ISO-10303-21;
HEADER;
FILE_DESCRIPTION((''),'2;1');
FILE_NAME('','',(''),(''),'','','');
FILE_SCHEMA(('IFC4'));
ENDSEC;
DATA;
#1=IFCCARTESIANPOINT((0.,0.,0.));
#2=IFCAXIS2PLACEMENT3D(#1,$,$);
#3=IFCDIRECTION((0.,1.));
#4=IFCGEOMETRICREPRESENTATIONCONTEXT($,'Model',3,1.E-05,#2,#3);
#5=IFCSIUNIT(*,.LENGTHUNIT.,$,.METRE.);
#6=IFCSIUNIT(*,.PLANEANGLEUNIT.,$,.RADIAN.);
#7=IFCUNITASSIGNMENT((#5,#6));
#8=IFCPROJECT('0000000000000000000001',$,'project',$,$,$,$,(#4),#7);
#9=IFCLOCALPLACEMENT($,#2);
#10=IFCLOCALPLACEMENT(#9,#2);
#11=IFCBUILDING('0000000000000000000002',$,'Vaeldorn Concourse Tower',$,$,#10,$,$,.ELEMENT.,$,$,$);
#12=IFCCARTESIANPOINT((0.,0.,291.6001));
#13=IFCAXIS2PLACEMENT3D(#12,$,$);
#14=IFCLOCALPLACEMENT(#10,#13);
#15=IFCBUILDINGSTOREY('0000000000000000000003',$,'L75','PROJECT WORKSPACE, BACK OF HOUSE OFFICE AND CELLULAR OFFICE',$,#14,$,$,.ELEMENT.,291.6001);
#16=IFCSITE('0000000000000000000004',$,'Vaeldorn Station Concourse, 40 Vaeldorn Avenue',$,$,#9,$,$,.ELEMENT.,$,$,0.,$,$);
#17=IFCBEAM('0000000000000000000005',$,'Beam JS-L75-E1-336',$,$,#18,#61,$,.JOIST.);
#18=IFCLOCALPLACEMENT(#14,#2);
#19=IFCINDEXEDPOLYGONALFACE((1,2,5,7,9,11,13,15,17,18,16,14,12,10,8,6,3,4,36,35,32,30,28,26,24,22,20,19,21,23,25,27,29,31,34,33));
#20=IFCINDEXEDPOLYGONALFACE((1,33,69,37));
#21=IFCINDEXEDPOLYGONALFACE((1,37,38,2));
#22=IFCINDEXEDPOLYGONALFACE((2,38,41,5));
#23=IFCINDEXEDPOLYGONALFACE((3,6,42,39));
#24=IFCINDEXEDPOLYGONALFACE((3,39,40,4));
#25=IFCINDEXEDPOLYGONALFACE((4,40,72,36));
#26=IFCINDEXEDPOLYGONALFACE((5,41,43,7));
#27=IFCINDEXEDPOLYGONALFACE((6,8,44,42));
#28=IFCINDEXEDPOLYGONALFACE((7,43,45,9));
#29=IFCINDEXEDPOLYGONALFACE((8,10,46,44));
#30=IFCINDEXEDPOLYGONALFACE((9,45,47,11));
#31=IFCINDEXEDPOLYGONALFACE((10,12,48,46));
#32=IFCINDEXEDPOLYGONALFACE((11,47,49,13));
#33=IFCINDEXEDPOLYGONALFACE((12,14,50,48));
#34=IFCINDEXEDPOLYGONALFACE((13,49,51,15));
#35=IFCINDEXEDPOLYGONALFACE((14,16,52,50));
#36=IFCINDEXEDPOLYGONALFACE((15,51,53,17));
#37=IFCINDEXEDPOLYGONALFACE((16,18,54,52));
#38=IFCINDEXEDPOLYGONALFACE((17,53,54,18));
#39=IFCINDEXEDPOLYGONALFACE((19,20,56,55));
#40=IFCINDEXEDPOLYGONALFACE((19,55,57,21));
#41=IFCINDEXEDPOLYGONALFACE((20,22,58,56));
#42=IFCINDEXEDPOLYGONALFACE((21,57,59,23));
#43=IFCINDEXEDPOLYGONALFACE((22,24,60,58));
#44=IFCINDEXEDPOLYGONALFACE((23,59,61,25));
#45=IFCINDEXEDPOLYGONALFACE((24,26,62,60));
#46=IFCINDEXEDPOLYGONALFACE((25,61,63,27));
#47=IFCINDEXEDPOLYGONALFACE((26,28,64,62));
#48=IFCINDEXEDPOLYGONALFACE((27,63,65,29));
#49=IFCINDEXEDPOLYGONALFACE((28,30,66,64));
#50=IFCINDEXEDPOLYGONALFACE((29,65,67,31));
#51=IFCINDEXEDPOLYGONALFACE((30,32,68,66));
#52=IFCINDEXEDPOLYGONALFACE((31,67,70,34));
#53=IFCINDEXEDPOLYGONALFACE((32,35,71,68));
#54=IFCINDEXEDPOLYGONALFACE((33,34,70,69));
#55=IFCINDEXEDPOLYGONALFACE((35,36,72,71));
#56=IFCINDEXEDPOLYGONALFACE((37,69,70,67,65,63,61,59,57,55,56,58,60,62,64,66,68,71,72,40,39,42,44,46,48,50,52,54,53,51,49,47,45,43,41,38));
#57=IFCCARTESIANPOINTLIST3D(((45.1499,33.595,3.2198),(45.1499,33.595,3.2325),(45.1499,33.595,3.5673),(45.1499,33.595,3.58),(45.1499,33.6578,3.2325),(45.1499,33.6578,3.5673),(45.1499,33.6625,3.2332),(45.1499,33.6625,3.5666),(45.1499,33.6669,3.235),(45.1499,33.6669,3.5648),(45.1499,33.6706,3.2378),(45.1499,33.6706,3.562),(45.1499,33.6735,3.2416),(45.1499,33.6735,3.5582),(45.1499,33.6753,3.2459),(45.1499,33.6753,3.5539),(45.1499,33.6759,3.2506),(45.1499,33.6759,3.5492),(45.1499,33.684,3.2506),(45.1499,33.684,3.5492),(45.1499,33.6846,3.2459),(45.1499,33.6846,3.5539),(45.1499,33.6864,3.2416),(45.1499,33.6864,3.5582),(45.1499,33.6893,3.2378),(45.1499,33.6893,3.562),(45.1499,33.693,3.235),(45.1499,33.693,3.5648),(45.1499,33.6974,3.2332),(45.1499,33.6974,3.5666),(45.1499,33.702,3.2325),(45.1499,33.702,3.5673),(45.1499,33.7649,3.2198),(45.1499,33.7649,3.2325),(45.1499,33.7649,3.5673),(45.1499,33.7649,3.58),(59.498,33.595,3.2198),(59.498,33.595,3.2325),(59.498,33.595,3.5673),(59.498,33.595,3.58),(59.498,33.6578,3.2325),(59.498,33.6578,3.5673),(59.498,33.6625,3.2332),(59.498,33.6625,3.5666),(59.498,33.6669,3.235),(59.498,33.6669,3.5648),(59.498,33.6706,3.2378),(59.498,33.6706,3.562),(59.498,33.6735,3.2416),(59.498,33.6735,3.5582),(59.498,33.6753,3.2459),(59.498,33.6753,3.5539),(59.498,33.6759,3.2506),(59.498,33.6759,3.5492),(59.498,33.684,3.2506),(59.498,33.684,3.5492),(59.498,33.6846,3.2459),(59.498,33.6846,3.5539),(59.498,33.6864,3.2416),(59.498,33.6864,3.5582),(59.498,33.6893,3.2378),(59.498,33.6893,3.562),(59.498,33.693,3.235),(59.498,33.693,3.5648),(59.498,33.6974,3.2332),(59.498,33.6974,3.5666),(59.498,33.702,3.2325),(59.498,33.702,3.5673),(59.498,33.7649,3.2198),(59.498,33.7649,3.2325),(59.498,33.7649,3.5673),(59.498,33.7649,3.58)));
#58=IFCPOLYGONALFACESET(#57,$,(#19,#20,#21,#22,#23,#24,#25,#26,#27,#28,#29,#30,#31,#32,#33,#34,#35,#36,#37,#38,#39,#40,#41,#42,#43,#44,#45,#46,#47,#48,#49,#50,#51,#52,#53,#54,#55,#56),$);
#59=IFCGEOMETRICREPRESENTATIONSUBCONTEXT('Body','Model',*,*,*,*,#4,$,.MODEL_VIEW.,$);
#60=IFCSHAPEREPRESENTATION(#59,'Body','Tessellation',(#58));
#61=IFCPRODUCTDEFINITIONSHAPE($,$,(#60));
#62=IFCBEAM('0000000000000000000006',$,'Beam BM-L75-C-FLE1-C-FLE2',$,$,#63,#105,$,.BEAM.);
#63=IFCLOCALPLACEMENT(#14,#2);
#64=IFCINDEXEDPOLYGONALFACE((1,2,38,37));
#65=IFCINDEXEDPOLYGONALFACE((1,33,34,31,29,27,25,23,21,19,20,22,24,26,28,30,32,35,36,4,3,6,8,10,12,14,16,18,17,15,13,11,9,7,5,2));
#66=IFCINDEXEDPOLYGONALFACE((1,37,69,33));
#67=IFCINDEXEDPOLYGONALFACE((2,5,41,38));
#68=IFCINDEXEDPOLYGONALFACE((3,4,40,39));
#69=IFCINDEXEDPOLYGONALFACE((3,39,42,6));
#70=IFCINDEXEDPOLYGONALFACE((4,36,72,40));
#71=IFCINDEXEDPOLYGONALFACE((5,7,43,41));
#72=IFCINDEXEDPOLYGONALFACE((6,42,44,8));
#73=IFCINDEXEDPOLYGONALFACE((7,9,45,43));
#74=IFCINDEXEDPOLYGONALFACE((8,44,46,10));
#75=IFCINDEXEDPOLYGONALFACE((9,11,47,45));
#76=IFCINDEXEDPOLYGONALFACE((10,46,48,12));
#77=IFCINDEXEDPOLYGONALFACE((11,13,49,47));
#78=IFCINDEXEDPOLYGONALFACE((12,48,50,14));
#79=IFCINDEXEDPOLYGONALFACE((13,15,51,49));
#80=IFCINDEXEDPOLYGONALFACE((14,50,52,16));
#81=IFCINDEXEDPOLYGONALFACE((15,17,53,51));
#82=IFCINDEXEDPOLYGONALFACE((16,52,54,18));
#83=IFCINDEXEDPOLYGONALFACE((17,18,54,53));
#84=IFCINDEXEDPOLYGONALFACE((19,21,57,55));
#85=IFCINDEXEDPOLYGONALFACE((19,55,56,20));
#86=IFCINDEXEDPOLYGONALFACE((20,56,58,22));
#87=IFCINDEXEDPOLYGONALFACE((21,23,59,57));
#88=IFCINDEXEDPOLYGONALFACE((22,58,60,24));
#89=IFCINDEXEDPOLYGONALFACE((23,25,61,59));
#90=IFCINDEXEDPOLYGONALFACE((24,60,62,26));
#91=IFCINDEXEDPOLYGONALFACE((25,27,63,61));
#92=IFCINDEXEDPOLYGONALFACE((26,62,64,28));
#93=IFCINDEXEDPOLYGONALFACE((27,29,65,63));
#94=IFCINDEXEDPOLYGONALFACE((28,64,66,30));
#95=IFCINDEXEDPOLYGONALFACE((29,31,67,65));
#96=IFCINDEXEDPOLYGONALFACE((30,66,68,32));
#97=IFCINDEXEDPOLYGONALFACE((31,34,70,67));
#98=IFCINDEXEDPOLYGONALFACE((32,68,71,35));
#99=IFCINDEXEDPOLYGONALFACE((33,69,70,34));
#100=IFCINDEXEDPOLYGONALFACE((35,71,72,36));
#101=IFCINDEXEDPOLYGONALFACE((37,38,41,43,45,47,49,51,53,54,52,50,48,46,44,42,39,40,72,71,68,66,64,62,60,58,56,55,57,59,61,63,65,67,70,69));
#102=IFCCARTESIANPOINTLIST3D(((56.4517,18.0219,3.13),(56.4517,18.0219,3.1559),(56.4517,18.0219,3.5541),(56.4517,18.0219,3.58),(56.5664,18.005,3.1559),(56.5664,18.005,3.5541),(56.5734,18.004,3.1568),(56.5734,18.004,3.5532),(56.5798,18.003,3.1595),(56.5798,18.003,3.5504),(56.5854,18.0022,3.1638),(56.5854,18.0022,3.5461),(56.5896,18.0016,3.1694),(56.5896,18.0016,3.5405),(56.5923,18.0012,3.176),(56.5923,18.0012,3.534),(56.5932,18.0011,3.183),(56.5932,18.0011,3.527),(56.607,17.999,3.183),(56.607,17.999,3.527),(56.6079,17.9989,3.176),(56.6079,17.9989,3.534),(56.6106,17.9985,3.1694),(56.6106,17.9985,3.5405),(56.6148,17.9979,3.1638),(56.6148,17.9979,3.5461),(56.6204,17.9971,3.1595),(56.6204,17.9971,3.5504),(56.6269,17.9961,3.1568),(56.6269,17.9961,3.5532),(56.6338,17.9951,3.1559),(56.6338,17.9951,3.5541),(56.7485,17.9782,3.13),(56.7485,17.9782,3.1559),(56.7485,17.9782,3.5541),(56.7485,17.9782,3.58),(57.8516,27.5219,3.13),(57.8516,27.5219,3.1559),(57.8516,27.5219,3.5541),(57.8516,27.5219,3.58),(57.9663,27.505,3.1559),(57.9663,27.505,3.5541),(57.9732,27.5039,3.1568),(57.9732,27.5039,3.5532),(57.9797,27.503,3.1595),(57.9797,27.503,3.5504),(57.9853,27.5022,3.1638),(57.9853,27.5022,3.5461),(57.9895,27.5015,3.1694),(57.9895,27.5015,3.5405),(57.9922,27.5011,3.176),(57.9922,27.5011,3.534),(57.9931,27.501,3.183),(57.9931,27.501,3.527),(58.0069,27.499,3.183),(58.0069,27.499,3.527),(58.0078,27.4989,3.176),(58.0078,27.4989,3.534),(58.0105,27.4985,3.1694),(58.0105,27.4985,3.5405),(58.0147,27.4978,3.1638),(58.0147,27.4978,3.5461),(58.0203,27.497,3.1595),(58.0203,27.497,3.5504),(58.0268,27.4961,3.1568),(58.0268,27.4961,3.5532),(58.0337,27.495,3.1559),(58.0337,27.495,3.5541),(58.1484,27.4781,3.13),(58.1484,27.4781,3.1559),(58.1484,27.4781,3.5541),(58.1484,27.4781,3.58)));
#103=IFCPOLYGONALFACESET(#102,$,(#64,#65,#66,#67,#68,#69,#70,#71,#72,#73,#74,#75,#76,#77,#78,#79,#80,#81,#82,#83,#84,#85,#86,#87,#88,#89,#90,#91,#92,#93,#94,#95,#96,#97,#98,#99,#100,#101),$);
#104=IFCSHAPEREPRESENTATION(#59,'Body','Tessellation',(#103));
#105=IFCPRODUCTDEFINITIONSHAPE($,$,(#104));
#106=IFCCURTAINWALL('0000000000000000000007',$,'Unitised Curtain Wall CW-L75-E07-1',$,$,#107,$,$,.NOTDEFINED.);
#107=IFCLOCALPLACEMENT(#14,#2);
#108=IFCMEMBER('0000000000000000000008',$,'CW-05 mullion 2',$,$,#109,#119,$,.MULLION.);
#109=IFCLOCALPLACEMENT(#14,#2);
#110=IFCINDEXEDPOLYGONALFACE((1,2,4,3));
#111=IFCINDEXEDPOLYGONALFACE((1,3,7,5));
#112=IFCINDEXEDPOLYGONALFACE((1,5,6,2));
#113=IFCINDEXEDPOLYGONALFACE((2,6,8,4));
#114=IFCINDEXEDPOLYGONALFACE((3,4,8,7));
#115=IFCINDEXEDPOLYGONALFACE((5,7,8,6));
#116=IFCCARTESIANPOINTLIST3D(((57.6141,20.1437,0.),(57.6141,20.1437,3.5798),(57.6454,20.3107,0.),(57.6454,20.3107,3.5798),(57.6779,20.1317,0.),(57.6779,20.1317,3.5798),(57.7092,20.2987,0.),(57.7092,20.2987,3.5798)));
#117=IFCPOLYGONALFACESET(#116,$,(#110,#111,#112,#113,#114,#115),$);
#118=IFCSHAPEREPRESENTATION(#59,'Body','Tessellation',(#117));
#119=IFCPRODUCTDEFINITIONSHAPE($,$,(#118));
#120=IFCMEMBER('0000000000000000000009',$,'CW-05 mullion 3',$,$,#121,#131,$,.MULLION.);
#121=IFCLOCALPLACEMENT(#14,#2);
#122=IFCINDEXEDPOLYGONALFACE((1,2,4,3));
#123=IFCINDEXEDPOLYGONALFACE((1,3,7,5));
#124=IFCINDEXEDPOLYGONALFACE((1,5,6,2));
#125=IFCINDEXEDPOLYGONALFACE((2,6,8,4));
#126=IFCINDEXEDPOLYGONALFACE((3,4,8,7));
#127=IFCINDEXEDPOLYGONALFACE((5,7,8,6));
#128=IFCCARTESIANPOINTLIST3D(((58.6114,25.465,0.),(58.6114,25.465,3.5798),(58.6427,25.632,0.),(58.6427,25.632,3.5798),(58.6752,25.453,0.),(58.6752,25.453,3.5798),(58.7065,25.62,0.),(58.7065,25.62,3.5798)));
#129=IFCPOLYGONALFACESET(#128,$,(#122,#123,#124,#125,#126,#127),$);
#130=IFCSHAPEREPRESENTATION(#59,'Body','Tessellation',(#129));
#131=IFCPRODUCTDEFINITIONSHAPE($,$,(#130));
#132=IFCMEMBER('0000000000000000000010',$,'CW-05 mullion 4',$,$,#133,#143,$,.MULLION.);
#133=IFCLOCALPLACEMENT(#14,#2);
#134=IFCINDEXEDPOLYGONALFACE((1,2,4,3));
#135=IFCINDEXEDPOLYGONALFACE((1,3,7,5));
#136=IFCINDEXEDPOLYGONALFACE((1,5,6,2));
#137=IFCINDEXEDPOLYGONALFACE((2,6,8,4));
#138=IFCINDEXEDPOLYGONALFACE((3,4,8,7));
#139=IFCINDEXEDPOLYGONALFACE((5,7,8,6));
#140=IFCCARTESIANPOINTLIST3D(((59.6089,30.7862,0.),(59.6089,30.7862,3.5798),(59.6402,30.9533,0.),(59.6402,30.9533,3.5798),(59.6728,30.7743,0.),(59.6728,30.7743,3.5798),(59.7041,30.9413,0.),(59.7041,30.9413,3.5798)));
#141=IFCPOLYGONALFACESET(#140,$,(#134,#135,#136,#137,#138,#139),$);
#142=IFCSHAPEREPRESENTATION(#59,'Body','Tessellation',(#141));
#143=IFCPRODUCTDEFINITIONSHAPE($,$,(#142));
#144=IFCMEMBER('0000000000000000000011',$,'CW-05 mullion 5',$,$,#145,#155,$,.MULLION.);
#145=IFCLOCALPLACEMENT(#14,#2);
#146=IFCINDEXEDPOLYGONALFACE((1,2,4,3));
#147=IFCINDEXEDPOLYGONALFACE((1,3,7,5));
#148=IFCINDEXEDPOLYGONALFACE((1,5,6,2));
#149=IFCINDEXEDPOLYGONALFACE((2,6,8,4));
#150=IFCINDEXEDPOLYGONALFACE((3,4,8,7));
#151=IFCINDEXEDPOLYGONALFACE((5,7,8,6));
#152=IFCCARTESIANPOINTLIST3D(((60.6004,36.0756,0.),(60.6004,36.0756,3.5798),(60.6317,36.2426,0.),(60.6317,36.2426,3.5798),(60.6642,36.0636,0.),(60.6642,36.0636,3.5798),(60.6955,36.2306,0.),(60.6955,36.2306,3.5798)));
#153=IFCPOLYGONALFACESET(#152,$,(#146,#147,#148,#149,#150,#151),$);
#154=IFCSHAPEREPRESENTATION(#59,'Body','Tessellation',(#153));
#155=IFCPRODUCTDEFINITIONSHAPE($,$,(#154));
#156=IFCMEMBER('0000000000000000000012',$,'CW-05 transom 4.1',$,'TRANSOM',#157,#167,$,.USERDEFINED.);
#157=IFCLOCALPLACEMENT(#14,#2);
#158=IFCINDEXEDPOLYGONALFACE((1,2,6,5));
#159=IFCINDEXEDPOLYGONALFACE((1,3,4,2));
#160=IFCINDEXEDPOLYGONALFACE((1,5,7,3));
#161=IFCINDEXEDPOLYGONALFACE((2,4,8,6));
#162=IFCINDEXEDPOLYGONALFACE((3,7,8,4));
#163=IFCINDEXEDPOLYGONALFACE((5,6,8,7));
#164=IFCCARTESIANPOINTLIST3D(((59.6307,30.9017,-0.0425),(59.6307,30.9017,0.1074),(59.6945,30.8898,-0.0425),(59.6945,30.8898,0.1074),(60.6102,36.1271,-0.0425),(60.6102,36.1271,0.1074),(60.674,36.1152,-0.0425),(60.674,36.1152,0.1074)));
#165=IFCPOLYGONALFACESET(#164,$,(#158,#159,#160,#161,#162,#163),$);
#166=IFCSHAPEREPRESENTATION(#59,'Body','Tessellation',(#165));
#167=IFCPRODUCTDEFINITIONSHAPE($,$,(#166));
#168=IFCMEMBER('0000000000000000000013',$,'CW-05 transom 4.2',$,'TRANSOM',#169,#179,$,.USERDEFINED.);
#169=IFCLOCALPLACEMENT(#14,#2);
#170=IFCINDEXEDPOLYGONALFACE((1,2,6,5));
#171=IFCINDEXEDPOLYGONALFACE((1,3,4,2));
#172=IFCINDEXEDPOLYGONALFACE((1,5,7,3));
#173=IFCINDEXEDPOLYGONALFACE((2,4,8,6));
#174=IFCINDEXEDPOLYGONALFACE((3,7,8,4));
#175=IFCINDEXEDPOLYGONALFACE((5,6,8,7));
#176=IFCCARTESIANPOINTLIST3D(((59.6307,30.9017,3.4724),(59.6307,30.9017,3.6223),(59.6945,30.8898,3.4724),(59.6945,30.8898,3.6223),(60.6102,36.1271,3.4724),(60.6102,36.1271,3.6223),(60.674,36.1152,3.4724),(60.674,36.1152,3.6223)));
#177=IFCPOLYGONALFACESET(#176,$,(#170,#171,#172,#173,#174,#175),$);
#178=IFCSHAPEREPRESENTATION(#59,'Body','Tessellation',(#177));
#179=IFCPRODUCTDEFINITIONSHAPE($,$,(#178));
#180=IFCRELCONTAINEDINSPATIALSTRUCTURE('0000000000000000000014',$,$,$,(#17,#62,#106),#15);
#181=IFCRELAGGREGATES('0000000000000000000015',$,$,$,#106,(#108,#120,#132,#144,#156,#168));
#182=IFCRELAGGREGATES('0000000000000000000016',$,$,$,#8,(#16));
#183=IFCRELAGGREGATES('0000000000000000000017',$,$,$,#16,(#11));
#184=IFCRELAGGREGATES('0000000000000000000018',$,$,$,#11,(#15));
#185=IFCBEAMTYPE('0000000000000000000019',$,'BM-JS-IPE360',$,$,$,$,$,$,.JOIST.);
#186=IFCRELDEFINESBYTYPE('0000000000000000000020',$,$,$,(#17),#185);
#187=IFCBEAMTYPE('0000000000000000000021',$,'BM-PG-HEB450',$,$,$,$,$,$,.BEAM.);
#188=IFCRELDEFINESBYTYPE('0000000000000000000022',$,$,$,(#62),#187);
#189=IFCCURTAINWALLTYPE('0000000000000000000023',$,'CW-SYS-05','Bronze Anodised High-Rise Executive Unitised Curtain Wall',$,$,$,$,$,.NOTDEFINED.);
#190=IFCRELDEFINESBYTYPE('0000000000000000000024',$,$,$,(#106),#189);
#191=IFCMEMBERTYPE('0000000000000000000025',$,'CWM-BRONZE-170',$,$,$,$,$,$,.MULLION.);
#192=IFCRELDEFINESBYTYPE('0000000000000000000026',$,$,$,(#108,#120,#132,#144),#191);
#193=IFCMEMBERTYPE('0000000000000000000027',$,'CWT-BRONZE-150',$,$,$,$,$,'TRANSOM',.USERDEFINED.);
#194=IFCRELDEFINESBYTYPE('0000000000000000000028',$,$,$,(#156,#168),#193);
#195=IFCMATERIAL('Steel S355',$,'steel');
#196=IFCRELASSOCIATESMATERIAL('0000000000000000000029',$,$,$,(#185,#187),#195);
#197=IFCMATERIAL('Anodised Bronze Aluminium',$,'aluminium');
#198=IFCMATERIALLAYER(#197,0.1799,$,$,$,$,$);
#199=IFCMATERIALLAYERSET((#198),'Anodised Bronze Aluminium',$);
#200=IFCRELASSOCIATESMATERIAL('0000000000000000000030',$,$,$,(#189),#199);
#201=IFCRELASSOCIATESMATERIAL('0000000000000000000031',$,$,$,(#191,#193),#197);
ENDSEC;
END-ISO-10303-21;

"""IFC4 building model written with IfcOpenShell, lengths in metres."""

from ifc_helpers import new_model, si_unit, direction, frame, origin, origin_2d, place, context, subcontext, project, spatial, rectangle, i_section, extrude, source, transform, mapped, material, layer, layer_set, material_profile, profile_set, type_object, element, aggregate, save


model = new_model("IFC4")

# Units and contexts
model_context = context("Model", 3, precision=1e-05, world=origin(), true_north=direction((0.0, 1.0)))
body_context = subcontext(model_context, "Body", "Model", "MODEL_VIEW")
ifc_project = project(units=[si_unit("LENGTHUNIT", "METRE"), si_unit("PLANEANGLEUNIT", "RADIAN")], contexts=[model_context])

# Site, building, storey
site_placement = place(None, origin())
site = spatial("IfcSite", under=ifc_project, at=site_placement, Name="Vaeldorn Station Concourse, 40 Vaeldorn Avenue", CompositionType="ELEMENT", RefElevation=0.0)
building_placement = place(site_placement, origin())
building = spatial("IfcBuilding", under=site, at=building_placement, Name="Vaeldorn Concourse Tower", CompositionType="ELEMENT")
storey_placement = place(building_placement, frame((0.0, 0.0, 291.6001)))
storey = spatial("IfcBuildingStorey", under=building, at=storey_placement, Name="L75", Description="PROJECT WORKSPACE, BACK OF HOUSE OFFICE AND CELLULAR OFFICE", CompositionType="ELEMENT", Elevation=291.6001)

# Shared definitions
ifc_material_1 = material(Name="Steel S355", Category="steel")

# Beams
ifc_material_profile_1 = material_profile(ifc_material_1, i_section(OverallWidth=0.1699, OverallDepth=0.3601, WebThickness=0.0081, FlangeThickness=0.0127, FilletRadius=0.0181, at=origin_2d()), Name="IPE 360")
ifc_profile_set_1 = profile_set([ifc_material_profile_1], Name="Steel S355")
beam_type_1 = type_object("IfcBeamType", Name="BM-JS-IPE360", PredefinedType="JOIST", material=ifc_profile_set_1)
shared_shape_1 = source(origin(), body_context, "Body", "SweptSolid", [
    extrude(i_section(OverallWidth=0.1699, OverallDepth=0.3601, WebThickness=0.0081, FlangeThickness=0.0127, FilletRadius=0.0181, at=origin_2d()), origin(), (0.0, 0.0, 1.0), 14.3481),
])
beam_1_placement = place(storey_placement, frame((45.1499, 33.6799, 3.3999), z_axis=(1.0, 0.0, 0.0), x_axis=(0.0, 1.0, 0.0)))
element("IfcBeam", 1, at=beam_1_placement, inside=storey, type_object=beam_type_1, Name="Beam JS-L75-E1-336", PredefinedType="JOIST", context=body_context, shape_type="MappedRepresentation", body=[
    mapped(shared_shape_1, transform((0.0, 0.0, 0.0), scale=1.0)),
])
ifc_material_profile_2 = material_profile(ifc_material_1, i_section(OverallWidth=0.3, OverallDepth=0.45, WebThickness=0.0139, FlangeThickness=0.0259, FilletRadius=0.0271, at=origin_2d()), Name="HEB 450")
ifc_profile_set_2 = profile_set([ifc_material_profile_2], Name="Steel S355")
beam_type_2 = type_object("IfcBeamType", Name="BM-PG-HEB450", PredefinedType="BEAM", material=ifc_profile_set_2)
shared_shape_2 = source(origin(), body_context, "Body", "SweptSolid", [
    extrude(i_section(OverallWidth=0.3, OverallDepth=0.45, WebThickness=0.0139, FlangeThickness=0.0259, FilletRadius=0.0271, at=origin_2d()), origin(), (0.0, 0.0, 1.0), 9.6025),
])
beam_2_placement = place(storey_placement, frame((58.0, 27.5, 3.355), z_axis=(-0.145784, -0.989316, 0.0), x_axis=(0.989316, -0.145784, 0.0)))
element("IfcBeam", 2, at=beam_2_placement, inside=storey, type_object=beam_type_2, Name="Beam BM-L75-C-FLE1-C-FLE2", PredefinedType="BEAM", context=body_context, shape_type="MappedRepresentation", body=[
    mapped(shared_shape_2, transform((0.0, 0.0, 0.0), scale=1.0)),
])

# Curtain wall, members
ifc_material_2 = material(Name="Anodised Bronze Aluminium", Category="aluminium")
ifc_layer_1 = layer(ifc_material_2, 0.1799)
ifc_layer_set_1 = layer_set([ifc_layer_1], Name="Anodised Bronze Aluminium")
curtain_wall_type = type_object("IfcCurtainWallType", Name="CW-SYS-05", Description="Bronze Anodised High-Rise Executive Unitised Curtain Wall", PredefinedType="NOTDEFINED", material=ifc_layer_set_1)
curtain_wall_placement = place(storey_placement, origin())
curtain_wall = element("IfcCurtainWall", 3, at=curtain_wall_placement, inside=storey, type_object=curtain_wall_type, Name="Unitised Curtain Wall CW-L75-E07-1", PredefinedType="NOTDEFINED")
ifc_material_profile_3 = material_profile(ifc_material_2, rectangle(XDim=0.0649, YDim=0.1699, at=origin_2d()), Name="CWM 65x170")
ifc_profile_set_3 = profile_set([ifc_material_profile_3], Name="Anodised Bronze Aluminium")
member_type_1 = type_object("IfcMemberType", Name="CWM-BRONZE-170", PredefinedType="MULLION", material=ifc_profile_set_3)
shared_shape_3 = source(origin(), body_context, "Body", "SweptSolid", [
    extrude(rectangle(XDim=0.0649, YDim=0.1699, at=origin_2d()), origin(), (0.0, 0.0, 1.0), 3.5798),
])
member_1_placement = place(storey_placement, frame((57.6616, 20.2212, 0.0), z_axis=(0.0, 0.0, 1.0), x_axis=(-0.98288, 0.184247, 0.0)))
member_1 = element("IfcMember", 4, at=member_1_placement, type_object=member_type_1, Name="CW-05 mullion 2", PredefinedType="MULLION", context=body_context, shape_type="MappedRepresentation", body=[
    mapped(shared_shape_3, transform((0.0, 0.0, 0.0), scale=1.0)),
])
member_2_placement = place(storey_placement, frame((58.6589, 25.5425, 0.0), z_axis=(0.0, 0.0, 1.0), x_axis=(-0.98288, 0.184247, 0.0)))
member_2 = element("IfcMember", 5, at=member_2_placement, type_object=member_type_1, Name="CW-05 mullion 3", PredefinedType="MULLION", context=body_context, shape_type="MappedRepresentation", body=[
    mapped(shared_shape_3, transform((0.0, 0.0, 0.0), scale=1.0)),
])
member_3_placement = place(storey_placement, frame((59.6565, 30.8638, 0.0), z_axis=(0.0, 0.0, 1.0), x_axis=(-0.98288, 0.184247, 0.0)))
member_3 = element("IfcMember", 6, at=member_3_placement, type_object=member_type_1, Name="CW-05 mullion 4", PredefinedType="MULLION", context=body_context, shape_type="MappedRepresentation", body=[
    mapped(shared_shape_3, transform((0.0, 0.0, 0.0), scale=1.0)),
])
member_4_placement = place(storey_placement, frame((60.6479, 36.1531, 0.0), z_axis=(0.0, 0.0, 1.0), x_axis=(-0.98288, 0.184247, 0.0)))
member_4 = element("IfcMember", 7, at=member_4_placement, type_object=member_type_1, Name="CW-05 mullion 5", PredefinedType="MULLION", context=body_context, shape_type="MappedRepresentation", body=[
    mapped(shared_shape_3, transform((0.0, 0.0, 0.0), scale=1.0)),
])
ifc_material_profile_4 = material_profile(ifc_material_2, rectangle(XDim=0.0649, YDim=0.1499, at=origin_2d()), Name="CWT 65x150")
ifc_profile_set_4 = profile_set([ifc_material_profile_4], Name="Anodised Bronze Aluminium")
member_type_2 = type_object("IfcMemberType", Name="CWT-BRONZE-150", ElementType="TRANSOM", PredefinedType="USERDEFINED", material=ifc_profile_set_4)
shared_shape_4 = source(origin(), body_context, "Body", "SweptSolid", [
    extrude(rectangle(XDim=0.0649, YDim=0.1499, at=origin_2d()), origin(), (0.0, 0.0, 1.0), 5.3164),
])
member_5_placement = place(storey_placement, frame((59.6626, 30.8958, 0.0325), z_axis=(0.184241, 0.982881, 0.0), x_axis=(-0.982881, 0.184241, 0.0)))
member_5 = element("IfcMember", 8, at=member_5_placement, type_object=member_type_2, Name="CW-05 transom 4.1", ObjectType="TRANSOM", PredefinedType="USERDEFINED", context=body_context, shape_type="MappedRepresentation", body=[
    mapped(shared_shape_4, transform((0.0, 0.0, 0.0), scale=1.0)),
])
member_6_placement = place(storey_placement, frame((59.6626, 30.8958, 3.5474), z_axis=(0.184241, 0.982881, 0.0), x_axis=(-0.982881, 0.184241, 0.0)))
member_6 = element("IfcMember", 9, at=member_6_placement, type_object=member_type_2, Name="CW-05 transom 4.2", ObjectType="TRANSOM", PredefinedType="USERDEFINED", context=body_context, shape_type="MappedRepresentation", body=[
    mapped(shared_shape_4, transform((0.0, 0.0, 0.0), scale=1.0)),
])
aggregate(curtain_wall, [member_1, member_2, member_3, member_4, member_5, member_6])

save(model, "model.ifc")
